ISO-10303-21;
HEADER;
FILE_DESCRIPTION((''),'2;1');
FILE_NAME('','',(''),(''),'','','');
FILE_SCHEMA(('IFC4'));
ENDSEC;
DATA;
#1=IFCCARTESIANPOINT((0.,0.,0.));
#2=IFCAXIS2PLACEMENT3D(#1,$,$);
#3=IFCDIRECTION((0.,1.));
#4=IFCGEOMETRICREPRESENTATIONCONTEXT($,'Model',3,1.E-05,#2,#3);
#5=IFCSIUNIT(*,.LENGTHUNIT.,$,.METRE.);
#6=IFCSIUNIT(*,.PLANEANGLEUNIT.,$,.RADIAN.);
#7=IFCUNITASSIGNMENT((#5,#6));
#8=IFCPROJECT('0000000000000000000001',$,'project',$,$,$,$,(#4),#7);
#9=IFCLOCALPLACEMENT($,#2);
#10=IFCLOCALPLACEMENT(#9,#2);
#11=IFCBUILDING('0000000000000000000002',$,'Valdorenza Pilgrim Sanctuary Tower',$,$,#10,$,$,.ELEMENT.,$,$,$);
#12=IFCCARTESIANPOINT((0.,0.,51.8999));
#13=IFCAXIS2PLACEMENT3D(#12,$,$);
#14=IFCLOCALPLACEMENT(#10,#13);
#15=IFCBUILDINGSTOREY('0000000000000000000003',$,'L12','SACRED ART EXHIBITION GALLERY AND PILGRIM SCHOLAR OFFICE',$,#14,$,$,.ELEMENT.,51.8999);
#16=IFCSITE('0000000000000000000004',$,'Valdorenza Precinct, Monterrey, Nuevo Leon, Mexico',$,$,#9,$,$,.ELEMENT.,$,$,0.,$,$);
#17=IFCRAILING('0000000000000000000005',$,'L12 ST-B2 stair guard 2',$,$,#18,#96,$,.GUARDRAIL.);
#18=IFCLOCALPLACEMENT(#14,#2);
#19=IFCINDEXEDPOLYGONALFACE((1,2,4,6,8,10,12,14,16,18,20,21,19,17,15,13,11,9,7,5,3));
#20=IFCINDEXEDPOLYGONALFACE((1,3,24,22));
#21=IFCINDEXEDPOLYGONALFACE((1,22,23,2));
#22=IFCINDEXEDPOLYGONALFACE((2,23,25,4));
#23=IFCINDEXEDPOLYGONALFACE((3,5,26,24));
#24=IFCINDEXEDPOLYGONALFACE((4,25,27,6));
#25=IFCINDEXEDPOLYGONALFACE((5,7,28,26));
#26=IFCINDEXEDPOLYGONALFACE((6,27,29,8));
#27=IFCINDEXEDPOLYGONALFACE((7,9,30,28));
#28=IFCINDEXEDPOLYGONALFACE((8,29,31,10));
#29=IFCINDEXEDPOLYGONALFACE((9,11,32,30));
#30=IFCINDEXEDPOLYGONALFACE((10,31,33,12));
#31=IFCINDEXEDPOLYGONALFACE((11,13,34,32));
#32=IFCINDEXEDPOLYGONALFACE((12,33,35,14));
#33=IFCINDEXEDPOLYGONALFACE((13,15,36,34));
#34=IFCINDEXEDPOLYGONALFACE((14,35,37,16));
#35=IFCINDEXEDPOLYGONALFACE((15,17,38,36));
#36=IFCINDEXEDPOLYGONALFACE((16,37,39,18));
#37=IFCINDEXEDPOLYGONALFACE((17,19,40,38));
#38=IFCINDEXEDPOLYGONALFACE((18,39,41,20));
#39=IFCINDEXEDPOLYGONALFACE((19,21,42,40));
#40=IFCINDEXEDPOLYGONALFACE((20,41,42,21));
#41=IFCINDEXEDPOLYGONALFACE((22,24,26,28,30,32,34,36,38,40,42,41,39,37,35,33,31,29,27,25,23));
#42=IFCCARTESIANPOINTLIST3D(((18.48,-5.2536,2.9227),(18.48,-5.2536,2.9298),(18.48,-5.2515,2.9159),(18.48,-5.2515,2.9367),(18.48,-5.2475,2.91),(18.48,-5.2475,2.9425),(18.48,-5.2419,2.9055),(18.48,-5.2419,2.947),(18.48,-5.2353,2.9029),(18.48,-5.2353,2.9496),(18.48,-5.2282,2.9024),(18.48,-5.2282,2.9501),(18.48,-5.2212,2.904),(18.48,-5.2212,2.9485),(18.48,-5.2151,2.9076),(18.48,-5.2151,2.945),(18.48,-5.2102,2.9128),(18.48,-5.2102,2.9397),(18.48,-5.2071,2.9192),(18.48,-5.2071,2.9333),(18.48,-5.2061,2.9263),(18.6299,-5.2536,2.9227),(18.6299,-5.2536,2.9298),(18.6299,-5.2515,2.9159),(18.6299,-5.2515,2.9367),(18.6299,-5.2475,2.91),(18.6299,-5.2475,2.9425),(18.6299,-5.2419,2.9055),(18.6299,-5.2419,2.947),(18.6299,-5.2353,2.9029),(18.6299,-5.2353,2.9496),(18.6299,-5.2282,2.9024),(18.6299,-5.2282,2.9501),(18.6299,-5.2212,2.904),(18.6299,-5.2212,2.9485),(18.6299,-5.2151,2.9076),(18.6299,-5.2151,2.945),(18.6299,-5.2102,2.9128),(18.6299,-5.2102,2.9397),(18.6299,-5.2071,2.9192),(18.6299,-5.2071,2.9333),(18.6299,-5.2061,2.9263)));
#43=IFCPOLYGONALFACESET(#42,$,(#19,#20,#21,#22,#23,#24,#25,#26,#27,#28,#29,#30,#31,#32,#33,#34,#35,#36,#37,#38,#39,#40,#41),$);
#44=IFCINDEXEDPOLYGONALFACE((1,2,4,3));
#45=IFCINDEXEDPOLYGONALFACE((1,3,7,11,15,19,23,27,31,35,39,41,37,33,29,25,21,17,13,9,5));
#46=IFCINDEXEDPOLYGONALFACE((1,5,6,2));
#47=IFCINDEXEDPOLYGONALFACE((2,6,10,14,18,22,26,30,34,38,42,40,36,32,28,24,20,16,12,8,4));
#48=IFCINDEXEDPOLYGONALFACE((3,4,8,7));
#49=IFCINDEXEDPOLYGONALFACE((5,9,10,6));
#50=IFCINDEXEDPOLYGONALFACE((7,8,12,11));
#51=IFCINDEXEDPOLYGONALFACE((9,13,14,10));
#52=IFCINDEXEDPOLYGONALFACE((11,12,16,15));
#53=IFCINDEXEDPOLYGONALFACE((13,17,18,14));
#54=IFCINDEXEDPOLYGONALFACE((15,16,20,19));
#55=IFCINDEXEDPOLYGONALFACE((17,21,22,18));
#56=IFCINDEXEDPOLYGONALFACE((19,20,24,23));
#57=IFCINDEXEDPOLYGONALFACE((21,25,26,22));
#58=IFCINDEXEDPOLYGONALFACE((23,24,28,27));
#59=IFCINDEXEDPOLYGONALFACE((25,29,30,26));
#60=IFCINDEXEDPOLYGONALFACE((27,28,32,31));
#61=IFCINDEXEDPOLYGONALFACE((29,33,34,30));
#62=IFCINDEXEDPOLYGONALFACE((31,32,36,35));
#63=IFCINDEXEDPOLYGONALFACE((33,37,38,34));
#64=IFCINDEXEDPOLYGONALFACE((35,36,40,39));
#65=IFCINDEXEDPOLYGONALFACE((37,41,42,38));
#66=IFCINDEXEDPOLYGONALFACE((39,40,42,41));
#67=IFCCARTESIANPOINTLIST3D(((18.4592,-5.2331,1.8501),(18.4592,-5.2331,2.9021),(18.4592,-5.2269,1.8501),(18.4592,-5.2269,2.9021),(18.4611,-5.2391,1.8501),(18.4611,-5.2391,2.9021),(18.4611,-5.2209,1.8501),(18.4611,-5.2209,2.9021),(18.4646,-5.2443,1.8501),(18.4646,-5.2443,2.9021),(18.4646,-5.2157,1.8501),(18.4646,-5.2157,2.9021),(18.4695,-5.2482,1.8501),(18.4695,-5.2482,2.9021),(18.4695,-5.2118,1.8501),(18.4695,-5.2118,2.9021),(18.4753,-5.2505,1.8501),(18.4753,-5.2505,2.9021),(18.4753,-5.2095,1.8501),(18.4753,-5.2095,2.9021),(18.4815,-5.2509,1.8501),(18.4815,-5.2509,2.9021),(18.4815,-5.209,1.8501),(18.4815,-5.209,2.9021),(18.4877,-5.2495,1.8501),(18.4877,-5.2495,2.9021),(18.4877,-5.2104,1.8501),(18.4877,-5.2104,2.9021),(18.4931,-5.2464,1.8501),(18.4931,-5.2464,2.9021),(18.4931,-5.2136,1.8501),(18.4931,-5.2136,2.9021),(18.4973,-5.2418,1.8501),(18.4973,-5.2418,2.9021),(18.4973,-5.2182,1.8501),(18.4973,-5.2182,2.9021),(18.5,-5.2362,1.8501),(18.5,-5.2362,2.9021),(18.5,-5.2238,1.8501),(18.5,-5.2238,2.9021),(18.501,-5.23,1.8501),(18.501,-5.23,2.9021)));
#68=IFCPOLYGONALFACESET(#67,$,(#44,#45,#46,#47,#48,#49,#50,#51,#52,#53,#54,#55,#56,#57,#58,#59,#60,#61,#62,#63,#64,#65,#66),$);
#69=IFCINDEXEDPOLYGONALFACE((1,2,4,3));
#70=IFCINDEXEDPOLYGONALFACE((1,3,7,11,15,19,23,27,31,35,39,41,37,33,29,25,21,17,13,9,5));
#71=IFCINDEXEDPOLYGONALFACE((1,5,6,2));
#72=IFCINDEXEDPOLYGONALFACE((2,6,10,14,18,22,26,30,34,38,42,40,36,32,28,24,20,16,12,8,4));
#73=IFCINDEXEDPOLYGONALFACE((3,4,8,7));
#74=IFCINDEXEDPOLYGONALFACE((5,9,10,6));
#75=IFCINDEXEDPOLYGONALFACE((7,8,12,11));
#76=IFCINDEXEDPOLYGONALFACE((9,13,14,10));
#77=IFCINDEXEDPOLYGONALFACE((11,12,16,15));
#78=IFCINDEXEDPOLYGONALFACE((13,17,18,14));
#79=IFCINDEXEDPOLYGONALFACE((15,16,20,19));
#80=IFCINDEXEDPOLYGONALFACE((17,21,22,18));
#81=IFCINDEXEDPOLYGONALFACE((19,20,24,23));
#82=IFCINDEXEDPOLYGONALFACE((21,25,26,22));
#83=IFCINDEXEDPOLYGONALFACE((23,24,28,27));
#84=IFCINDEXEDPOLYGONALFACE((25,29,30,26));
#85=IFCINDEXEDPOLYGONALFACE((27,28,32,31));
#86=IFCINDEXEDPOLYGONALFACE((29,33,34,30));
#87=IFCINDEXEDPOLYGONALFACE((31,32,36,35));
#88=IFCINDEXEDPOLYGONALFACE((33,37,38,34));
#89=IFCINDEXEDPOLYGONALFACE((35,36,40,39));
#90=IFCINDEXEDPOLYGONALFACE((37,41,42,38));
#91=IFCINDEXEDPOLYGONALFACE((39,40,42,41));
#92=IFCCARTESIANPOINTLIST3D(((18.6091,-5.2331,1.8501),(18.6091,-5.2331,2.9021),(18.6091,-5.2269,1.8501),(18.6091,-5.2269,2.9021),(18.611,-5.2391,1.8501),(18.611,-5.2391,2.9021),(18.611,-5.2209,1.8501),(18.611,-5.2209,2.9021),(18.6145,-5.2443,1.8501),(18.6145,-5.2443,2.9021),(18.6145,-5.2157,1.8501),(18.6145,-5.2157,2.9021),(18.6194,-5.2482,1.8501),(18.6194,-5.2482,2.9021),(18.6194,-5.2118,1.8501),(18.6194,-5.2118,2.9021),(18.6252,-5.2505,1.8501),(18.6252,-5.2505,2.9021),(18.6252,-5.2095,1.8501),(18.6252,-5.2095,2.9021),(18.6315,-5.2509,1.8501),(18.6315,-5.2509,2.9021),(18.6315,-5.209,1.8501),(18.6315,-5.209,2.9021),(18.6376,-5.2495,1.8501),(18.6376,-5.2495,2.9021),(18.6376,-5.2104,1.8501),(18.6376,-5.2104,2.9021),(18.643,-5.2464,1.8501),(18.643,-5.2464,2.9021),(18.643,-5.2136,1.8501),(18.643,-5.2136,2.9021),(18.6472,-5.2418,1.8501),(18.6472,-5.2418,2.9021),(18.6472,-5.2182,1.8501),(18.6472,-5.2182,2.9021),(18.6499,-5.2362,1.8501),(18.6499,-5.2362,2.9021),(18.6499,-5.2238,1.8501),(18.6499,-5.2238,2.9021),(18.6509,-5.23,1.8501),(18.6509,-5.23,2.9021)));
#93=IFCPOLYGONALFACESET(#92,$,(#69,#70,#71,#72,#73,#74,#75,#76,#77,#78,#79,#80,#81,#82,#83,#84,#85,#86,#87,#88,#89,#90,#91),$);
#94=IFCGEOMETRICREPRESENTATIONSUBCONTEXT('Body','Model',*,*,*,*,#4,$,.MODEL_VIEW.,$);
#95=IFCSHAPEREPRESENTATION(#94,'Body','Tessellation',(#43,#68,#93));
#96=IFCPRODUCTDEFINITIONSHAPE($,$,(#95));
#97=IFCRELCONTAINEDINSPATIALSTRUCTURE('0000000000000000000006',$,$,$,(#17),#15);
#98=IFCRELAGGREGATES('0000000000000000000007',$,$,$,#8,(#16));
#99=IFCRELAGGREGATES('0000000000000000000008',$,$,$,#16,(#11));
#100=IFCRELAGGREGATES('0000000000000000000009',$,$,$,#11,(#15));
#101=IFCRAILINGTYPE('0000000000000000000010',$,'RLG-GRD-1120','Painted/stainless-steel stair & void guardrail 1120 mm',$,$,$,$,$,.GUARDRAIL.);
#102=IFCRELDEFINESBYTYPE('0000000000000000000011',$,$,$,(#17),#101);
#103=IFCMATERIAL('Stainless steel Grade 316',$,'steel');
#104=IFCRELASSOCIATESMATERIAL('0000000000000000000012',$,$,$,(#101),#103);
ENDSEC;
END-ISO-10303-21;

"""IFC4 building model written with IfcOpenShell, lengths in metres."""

from ifc_helpers import new_model, si_unit, direction, frame, origin, origin_2d, place, context, subcontext, project, spatial, circle, extrude, material, type_object, element, save


model = new_model("IFC4")

# Units and contexts
model_context = context("Model", 3, precision=1e-05, world=origin(), true_north=direction((0.0, 1.0)))
body_context = subcontext(model_context, "Body", "Model", "MODEL_VIEW")
ifc_project = project(units=[si_unit("LENGTHUNIT", "METRE"), si_unit("PLANEANGLEUNIT", "RADIAN")], contexts=[model_context])

# Site, building, storey
site_placement = place(None, origin())
site = spatial("IfcSite", under=ifc_project, at=site_placement, Name="Valdorenza Precinct, Monterrey, Nuevo Leon, Mexico", CompositionType="ELEMENT", RefElevation=0.0)
building_placement = place(site_placement, origin())
building = spatial("IfcBuilding", under=site, at=building_placement, Name="Valdorenza Pilgrim Sanctuary Tower", CompositionType="ELEMENT")
storey_placement = place(building_placement, frame((0.0, 0.0, 51.8999)))
storey = spatial("IfcBuildingStorey", under=building, at=storey_placement, Name="L12", Description="SACRED ART EXHIBITION GALLERY AND PILGRIM SCHOLAR OFFICE", CompositionType="ELEMENT", Elevation=51.8999)

# Railing
ifc_material_1 = material(Name="Stainless steel Grade 316", Category="steel")
railing_type_1 = type_object("IfcRailingType", Name="RLG-GRD-1120", Description="Painted/stainless-steel stair & void guardrail 1120 mm", PredefinedType="GUARDRAIL", material=ifc_material_1)
railing_1_placement = place(storey_placement, frame((18.48, -5.23, 1.8501)))
element("IfcRailing", 1, at=railing_1_placement, inside=storey, type_object=railing_type_1, Name="L12 ST-B2 stair guard 2", PredefinedType="GUARDRAIL", context=body_context, shape_type="SweptSolid", body=[
    extrude(circle(Radius=0.0239, at=origin_2d()), frame((0.0, 0.0, 1.0762), z_axis=(1.0, 0.0, 0.0), x_axis=(0.0, 1.0, 0.0)), (0.0, 0.0, 1.0), 0.1499),
    extrude(circle(Radius=0.021, at=origin_2d()), origin(), (0.0, 0.0, 1.0), 1.052),
    extrude(circle(Radius=0.021, at=origin_2d()), frame((0.1499, 0.0, 0.0)), (0.0, 0.0, 1.0), 1.052),
])

save(model, "model.ifc")
